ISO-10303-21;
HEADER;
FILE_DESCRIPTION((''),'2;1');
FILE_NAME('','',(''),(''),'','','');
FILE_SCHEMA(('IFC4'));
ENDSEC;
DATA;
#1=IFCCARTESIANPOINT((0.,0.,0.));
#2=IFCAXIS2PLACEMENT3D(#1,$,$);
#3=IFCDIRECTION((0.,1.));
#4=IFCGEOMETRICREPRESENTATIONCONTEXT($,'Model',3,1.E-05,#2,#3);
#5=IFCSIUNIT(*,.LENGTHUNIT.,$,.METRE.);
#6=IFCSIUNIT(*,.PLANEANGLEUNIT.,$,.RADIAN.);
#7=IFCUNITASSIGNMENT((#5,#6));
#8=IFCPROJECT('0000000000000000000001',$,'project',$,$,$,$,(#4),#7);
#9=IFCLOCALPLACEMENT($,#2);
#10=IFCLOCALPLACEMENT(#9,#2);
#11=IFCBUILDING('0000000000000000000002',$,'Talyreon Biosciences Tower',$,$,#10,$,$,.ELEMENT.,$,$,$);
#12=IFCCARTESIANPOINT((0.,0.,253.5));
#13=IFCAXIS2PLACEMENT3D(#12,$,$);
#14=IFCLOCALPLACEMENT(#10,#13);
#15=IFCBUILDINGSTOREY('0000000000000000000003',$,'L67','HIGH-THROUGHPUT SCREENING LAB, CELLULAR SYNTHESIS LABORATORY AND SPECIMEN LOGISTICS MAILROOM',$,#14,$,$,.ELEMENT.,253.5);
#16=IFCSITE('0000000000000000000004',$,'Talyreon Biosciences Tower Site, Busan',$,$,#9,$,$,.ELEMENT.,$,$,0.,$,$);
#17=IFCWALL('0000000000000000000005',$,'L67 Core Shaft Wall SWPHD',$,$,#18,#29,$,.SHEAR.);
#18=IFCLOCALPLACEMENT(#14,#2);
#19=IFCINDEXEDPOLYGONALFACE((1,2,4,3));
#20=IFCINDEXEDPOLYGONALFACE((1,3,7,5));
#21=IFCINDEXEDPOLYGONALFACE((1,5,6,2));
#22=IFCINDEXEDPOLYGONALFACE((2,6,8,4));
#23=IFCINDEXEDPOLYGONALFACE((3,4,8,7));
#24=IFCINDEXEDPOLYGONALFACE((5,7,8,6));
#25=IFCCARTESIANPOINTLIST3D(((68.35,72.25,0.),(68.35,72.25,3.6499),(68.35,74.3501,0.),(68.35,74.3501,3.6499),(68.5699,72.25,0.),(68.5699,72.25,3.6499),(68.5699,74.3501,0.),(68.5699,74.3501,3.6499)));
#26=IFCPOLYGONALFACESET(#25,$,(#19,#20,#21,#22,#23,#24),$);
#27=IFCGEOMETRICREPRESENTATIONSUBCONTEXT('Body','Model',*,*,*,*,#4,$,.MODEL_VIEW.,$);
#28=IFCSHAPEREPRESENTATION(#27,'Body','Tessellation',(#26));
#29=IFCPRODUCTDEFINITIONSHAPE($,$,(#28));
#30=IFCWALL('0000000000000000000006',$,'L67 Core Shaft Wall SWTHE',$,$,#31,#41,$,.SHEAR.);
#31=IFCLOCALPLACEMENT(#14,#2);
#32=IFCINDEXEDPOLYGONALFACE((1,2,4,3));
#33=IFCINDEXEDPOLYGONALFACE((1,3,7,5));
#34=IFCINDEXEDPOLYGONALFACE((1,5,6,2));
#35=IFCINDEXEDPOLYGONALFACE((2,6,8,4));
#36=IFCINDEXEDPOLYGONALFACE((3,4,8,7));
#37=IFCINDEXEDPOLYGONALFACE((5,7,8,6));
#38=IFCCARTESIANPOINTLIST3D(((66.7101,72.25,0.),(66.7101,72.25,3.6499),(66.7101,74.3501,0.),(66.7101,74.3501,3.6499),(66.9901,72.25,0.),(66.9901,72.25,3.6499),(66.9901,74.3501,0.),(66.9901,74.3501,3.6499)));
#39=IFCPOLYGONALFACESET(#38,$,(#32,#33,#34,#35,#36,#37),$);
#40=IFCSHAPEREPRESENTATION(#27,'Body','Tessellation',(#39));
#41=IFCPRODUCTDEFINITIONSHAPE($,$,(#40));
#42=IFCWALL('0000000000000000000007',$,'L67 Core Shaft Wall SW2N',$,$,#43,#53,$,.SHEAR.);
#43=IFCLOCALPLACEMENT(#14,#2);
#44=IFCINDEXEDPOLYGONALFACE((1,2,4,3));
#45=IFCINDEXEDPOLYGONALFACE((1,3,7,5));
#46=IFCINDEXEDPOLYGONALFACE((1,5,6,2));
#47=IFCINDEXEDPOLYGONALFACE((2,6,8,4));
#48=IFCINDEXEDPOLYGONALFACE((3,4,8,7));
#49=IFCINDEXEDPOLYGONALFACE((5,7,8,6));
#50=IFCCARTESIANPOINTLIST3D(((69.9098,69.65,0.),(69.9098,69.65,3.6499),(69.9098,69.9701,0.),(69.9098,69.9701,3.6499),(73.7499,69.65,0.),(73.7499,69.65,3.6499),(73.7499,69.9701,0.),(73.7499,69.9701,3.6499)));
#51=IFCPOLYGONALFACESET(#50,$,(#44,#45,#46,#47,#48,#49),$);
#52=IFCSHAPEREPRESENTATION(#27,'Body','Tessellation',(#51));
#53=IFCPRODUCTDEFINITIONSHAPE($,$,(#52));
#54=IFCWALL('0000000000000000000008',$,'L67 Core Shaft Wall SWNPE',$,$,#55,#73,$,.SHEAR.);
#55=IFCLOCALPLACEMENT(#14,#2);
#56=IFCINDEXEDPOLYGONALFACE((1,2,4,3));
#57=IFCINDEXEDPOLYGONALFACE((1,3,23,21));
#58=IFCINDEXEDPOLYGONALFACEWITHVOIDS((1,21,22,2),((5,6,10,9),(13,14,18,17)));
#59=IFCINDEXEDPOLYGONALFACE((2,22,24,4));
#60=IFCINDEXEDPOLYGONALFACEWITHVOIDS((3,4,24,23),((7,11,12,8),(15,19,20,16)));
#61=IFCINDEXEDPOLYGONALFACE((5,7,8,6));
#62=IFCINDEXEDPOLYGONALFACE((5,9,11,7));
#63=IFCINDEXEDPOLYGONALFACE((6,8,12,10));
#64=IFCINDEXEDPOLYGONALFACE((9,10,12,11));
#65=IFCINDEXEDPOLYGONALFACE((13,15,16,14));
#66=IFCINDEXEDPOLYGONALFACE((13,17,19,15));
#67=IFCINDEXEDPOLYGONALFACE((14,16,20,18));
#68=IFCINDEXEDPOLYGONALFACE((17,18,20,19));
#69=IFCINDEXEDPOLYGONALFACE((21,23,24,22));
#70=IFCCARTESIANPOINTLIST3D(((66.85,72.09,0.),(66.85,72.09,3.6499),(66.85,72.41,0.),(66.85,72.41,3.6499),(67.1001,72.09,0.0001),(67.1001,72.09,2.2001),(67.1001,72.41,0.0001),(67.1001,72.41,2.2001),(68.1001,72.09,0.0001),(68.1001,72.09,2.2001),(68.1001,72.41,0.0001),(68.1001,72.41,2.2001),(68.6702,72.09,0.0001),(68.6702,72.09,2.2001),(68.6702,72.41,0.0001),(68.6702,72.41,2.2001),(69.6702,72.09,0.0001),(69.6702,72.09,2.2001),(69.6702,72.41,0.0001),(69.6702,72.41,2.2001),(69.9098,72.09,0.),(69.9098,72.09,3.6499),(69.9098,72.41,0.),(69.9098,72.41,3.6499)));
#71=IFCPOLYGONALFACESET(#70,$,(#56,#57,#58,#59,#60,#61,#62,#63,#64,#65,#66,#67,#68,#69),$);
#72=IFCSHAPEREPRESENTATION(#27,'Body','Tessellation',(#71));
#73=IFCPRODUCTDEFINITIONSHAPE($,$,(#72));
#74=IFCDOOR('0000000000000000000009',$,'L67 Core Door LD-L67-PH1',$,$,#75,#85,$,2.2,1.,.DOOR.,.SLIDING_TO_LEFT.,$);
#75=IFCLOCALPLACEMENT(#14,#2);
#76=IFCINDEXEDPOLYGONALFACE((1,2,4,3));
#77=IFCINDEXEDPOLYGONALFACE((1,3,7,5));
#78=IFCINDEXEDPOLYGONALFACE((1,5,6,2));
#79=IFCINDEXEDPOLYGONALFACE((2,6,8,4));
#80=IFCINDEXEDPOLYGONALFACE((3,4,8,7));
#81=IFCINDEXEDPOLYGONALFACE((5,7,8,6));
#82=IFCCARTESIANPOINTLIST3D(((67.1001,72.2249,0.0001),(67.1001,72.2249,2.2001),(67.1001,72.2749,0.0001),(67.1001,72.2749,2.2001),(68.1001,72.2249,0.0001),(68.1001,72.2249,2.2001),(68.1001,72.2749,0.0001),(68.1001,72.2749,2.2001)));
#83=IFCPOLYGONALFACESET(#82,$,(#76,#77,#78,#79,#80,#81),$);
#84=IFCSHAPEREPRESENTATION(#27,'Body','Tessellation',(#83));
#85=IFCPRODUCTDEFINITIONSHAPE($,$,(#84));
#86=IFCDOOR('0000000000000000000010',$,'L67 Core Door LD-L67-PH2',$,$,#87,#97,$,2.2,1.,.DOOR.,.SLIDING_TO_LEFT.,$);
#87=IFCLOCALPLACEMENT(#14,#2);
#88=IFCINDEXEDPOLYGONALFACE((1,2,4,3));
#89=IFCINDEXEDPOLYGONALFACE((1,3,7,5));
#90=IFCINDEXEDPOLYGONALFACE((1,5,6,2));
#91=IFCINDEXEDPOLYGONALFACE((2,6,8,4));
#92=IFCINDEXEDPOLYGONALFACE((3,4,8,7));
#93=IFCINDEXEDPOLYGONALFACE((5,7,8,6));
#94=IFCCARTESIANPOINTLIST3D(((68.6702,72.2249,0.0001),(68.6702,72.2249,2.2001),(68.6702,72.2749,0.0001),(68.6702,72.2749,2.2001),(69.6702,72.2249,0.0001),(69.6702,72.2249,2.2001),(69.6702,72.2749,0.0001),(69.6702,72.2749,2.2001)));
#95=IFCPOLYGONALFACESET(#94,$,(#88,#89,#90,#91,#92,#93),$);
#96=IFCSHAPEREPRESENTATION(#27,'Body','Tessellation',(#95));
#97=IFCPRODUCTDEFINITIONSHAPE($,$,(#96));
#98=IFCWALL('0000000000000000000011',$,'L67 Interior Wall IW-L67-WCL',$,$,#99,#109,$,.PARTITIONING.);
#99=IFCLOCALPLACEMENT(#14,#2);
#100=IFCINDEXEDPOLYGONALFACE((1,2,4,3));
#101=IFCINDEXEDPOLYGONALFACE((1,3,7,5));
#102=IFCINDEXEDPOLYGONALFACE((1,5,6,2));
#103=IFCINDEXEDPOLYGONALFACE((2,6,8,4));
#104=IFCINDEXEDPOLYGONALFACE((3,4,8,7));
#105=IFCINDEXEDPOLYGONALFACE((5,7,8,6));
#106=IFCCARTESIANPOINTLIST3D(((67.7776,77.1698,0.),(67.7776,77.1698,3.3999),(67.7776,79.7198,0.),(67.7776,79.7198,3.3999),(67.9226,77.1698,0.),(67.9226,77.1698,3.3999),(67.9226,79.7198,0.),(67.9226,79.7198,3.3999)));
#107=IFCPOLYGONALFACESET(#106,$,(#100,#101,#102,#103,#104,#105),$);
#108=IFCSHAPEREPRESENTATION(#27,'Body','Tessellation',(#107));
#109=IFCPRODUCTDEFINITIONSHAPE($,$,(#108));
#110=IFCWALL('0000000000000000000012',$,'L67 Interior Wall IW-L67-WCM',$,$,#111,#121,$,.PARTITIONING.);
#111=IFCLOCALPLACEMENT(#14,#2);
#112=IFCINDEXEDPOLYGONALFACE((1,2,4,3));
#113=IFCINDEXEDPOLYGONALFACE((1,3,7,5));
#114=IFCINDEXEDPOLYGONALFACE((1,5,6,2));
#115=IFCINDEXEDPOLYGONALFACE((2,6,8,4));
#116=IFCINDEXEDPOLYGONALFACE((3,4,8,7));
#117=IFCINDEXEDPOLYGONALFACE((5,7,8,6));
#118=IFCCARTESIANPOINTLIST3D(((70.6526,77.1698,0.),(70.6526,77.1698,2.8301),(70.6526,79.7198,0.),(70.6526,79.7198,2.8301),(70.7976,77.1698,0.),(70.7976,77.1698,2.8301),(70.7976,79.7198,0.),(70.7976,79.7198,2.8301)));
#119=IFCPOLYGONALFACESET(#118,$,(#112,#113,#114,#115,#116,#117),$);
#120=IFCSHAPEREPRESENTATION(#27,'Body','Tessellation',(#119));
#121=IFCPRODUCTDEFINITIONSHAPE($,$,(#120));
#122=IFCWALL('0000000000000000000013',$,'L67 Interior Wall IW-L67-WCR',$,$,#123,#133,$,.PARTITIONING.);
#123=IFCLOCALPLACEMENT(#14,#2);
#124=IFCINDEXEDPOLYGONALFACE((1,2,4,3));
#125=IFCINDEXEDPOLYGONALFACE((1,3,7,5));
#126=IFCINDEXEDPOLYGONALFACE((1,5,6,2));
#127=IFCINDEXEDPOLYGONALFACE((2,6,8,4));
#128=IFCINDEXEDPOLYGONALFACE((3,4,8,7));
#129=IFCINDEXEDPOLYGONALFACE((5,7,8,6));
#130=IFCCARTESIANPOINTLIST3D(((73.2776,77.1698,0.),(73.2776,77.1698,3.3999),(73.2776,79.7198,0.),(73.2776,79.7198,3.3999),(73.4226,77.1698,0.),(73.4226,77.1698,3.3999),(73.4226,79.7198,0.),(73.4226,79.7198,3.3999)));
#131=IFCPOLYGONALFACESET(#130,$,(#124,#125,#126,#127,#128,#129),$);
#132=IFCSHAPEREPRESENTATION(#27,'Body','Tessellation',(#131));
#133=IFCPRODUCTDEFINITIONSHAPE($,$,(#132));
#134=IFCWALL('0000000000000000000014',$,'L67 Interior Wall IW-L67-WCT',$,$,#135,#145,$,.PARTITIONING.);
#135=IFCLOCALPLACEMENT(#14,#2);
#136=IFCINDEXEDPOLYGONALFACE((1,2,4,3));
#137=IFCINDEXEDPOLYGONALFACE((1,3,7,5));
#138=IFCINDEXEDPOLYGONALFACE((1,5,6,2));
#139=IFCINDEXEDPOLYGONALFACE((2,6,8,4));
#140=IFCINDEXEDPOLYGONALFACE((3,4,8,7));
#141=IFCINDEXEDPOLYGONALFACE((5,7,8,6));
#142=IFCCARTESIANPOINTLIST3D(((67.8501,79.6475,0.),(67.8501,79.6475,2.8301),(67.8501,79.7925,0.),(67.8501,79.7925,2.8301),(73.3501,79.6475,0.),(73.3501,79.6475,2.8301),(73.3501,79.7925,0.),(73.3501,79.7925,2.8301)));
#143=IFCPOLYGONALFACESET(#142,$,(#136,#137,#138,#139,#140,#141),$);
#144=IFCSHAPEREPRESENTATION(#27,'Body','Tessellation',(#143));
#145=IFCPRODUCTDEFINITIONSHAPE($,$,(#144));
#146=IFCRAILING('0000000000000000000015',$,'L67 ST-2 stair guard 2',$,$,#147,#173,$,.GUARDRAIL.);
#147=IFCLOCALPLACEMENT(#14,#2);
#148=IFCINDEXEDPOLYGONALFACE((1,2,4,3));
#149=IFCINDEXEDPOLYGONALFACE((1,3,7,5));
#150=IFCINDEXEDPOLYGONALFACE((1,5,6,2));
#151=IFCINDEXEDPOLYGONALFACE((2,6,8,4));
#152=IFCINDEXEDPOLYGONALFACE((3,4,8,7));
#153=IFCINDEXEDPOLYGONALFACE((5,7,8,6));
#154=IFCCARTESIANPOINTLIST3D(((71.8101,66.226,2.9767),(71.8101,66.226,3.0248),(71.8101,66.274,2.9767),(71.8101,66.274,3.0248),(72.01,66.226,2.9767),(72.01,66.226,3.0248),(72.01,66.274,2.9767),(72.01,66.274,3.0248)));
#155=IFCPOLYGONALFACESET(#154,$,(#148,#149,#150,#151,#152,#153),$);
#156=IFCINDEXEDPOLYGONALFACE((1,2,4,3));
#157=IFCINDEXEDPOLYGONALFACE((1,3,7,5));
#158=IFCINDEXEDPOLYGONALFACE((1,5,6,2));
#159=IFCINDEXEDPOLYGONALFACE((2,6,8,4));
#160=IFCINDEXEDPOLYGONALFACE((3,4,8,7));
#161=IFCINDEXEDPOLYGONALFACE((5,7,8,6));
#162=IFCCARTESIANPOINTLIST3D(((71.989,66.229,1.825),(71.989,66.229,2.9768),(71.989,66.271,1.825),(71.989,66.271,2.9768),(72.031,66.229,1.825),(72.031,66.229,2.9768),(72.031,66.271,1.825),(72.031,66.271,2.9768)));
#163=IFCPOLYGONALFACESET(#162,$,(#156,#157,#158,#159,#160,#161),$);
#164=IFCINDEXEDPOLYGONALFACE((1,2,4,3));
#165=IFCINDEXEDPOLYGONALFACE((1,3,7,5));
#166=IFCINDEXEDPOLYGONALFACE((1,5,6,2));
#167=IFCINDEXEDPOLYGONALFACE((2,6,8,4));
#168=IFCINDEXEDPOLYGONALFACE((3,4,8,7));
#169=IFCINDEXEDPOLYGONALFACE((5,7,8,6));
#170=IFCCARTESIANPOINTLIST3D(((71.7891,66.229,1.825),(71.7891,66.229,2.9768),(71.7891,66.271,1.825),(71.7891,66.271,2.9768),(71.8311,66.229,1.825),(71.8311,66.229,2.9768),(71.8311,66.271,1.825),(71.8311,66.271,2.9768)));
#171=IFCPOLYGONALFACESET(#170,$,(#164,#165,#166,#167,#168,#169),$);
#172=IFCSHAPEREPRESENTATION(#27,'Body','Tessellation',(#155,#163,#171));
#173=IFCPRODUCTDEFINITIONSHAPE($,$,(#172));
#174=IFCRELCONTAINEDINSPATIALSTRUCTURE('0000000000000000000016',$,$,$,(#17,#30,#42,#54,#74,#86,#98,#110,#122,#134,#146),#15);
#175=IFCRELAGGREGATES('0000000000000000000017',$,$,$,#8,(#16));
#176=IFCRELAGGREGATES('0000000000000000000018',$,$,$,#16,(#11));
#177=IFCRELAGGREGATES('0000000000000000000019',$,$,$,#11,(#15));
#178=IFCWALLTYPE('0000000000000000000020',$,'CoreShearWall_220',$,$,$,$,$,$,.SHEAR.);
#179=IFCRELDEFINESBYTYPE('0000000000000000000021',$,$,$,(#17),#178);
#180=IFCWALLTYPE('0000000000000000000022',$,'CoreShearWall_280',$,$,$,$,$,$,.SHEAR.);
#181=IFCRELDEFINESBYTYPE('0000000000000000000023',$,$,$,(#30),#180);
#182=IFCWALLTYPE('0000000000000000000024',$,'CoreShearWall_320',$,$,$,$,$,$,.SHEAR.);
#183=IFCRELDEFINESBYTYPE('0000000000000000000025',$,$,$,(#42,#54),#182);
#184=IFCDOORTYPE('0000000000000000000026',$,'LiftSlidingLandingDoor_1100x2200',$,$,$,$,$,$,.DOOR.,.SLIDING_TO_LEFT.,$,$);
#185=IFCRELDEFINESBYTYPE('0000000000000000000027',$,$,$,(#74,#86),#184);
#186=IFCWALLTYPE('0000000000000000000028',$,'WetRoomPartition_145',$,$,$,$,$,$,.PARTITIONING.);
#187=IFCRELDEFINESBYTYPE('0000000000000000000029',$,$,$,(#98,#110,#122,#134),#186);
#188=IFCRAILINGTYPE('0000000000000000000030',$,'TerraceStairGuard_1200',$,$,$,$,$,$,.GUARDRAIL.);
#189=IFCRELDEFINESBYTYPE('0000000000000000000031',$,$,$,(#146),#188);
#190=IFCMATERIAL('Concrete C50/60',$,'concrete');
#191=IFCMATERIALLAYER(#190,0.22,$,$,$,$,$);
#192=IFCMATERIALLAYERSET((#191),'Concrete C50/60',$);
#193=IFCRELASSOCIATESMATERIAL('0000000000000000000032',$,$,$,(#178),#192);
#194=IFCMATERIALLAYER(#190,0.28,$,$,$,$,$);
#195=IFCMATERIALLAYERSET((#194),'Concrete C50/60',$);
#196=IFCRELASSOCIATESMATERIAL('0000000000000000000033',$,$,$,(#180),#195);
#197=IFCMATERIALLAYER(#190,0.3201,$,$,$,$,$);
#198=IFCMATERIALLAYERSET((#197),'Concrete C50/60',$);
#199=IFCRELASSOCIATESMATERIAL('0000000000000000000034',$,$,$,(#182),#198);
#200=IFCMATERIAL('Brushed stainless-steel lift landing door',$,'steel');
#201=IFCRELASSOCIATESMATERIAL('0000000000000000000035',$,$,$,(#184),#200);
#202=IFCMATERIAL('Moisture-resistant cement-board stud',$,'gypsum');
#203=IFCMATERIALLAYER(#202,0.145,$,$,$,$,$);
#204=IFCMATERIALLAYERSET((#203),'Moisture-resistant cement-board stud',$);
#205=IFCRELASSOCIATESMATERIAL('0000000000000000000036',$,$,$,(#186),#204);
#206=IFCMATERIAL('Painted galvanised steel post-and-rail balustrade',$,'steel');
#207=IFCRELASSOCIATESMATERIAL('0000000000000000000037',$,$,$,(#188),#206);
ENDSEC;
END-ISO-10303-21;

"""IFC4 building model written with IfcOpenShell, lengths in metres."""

from ifc_helpers import new_model, si_unit, direction, frame, frame_2d, origin, origin_2d, place, context, subcontext, project, spatial, rectangle, extrude, material, layer, layer_set, type_object, element, fill, save


model = new_model("IFC4")

# Units and contexts
model_context = context("Model", 3, precision=1e-05, world=origin(), true_north=direction((0.0, 1.0)))
body_context = subcontext(model_context, "Body", "Model", "MODEL_VIEW")
ifc_project = project(units=[si_unit("LENGTHUNIT", "METRE"), si_unit("PLANEANGLEUNIT", "RADIAN")], contexts=[model_context])

# Site, building, storey
site_placement = place(None, origin())
site = spatial("IfcSite", under=ifc_project, at=site_placement, Name="Talyreon Biosciences Tower Site, Busan", CompositionType="ELEMENT", RefElevation=0.0)
building_placement = place(site_placement, origin())
building = spatial("IfcBuilding", under=site, at=building_placement, Name="Talyreon Biosciences Tower", CompositionType="ELEMENT")
storey_placement = place(building_placement, frame((0.0, 0.0, 253.5)))
storey = spatial("IfcBuildingStorey", under=building, at=storey_placement, Name="L67", Description="HIGH-THROUGHPUT SCREENING LAB, CELLULAR SYNTHESIS LABORATORY AND SPECIMEN LOGISTICS MAILROOM", CompositionType="ELEMENT", Elevation=253.5)

# Shared definitions
ifc_material_1 = material(Name="Concrete C50/60", Category="concrete")

# Walls
ifc_layer_1 = layer(ifc_material_1, 0.22)
ifc_layer_set_1 = layer_set([ifc_layer_1], Name="Concrete C50/60")
wall_type_1 = type_object("IfcWallType", Name="CoreShearWall_220", PredefinedType="SHEAR", material=ifc_layer_set_1)
wall_1_placement = place(storey_placement, frame((68.46, 72.25, 0.0), z_axis=(0.0, 0.0, 1.0), x_axis=(0.0, 1.0, 0.0)))
element("IfcWall", 1, at=wall_1_placement, inside=storey, type_object=wall_type_1, Name="L67 Core Shaft Wall SWPHD", PredefinedType="SHEAR", context=body_context, shape_type="SweptSolid", body=[
    extrude(rectangle(XDim=2.1001, YDim=0.22, at=frame_2d((1.05, 0.0))), origin(), (0.0, 0.0, 1.0), 3.6499),
])
ifc_layer_2 = layer(ifc_material_1, 0.28)
ifc_layer_set_2 = layer_set([ifc_layer_2], Name="Concrete C50/60")
wall_type_2 = type_object("IfcWallType", Name="CoreShearWall_280", PredefinedType="SHEAR", material=ifc_layer_set_2)
wall_2_placement = place(storey_placement, frame((66.8501, 72.25, 0.0), z_axis=(0.0, 0.0, 1.0), x_axis=(0.0, 1.0, 0.0)))
element("IfcWall", 2, at=wall_2_placement, inside=storey, type_object=wall_type_2, Name="L67 Core Shaft Wall SWTHE", PredefinedType="SHEAR", context=body_context, shape_type="SweptSolid", body=[
    extrude(rectangle(XDim=2.1001, YDim=0.28, at=frame_2d((1.05, 0.0))), origin(), (0.0, 0.0, 1.0), 3.6499),
])
ifc_layer_3 = layer(ifc_material_1, 0.3201)
ifc_layer_set_3 = layer_set([ifc_layer_3], Name="Concrete C50/60")
wall_type_3 = type_object("IfcWallType", Name="CoreShearWall_320", PredefinedType="SHEAR", material=ifc_layer_set_3)
wall_3_placement = place(storey_placement, frame((69.9099, 69.8101, 0.0), z_axis=(0.0, 0.0, 1.0), x_axis=(1.0, 0.0, 0.0)))
element("IfcWall", 3, at=wall_3_placement, inside=storey, type_object=wall_type_3, Name="L67 Core Shaft Wall SW2N", PredefinedType="SHEAR", context=body_context, shape_type="SweptSolid", body=[
    extrude(rectangle(XDim=3.8401, YDim=0.3201, at=frame_2d((1.9199, 0.0))), origin(), (0.0, 0.0, 1.0), 3.6499),
])

# Wall, openings, doors
wall_4_placement = place(storey_placement, frame((66.8501, 72.25, 0.0), z_axis=(0.0, 0.0, 1.0), x_axis=(1.0, 0.0, 0.0)))
wall_4 = element("IfcWall", 4, at=wall_4_placement, inside=storey, type_object=wall_type_3, Name="L67 Core Shaft Wall SWNPE", PredefinedType="SHEAR", context=body_context, shape_type="SweptSolid", body=[
    extrude(rectangle(XDim=3.0598, YDim=0.3201, at=frame_2d((1.5298, 0.0))), origin(), (0.0, 0.0, 1.0), 3.6499),
])
opening_1_placement = place(wall_4_placement, frame((0.25, 0.0, 0.0)))
opening_1 = element("IfcOpeningElement", 5, at=opening_1_placement, cuts=wall_4, PredefinedType="OPENING", context=body_context, shape_type="SweptSolid", body=[
    extrude(rectangle(XDim=1.0, YDim=2.2, at=frame_2d((0.5, 1.1001))), frame((0.0, 0.1699, 0.0), z_axis=(0.0, -1.0, 0.0), x_axis=(1.0, 0.0, 0.0)), (0.0, 0.0, 1.0), 0.3401),
])
opening_2_placement = place(wall_4_placement, frame((1.8201, 0.0, 0.0)))
opening_2 = element("IfcOpeningElement", 6, at=opening_2_placement, cuts=wall_4, PredefinedType="OPENING", context=body_context, shape_type="SweptSolid", body=[
    extrude(rectangle(XDim=1.0, YDim=2.2, at=frame_2d((0.5, 1.1001))), frame((0.0, 0.1699, 0.0), z_axis=(0.0, -1.0, 0.0), x_axis=(1.0, 0.0, 0.0)), (0.0, 0.0, 1.0), 0.3401),
])
ifc_material_2 = material(Name="Brushed stainless-steel lift landing door", Category="steel")
door_type = type_object("IfcDoorType", Name="LiftSlidingLandingDoor_1100x2200", OperationType="SLIDING_TO_LEFT", PredefinedType="DOOR", material=ifc_material_2)
door_1_placement = place(opening_1_placement, origin())
door_1 = element("IfcDoor", 7, at=door_1_placement, inside=storey, type_object=door_type, Name="L67 Core Door LD-L67-PH1", OperationType="SLIDING_TO_LEFT", OverallHeight=2.2, OverallWidth=1.0, PredefinedType="DOOR", context=body_context, shape_type="SweptSolid", body=[
    extrude(rectangle(XDim=1.0, YDim=2.2, at=frame_2d((0.5, 1.1001))), frame((0.0, 0.0249, 0.0), z_axis=(0.0, -1.0, 0.0), x_axis=(1.0, 0.0, 0.0)), (0.0, 0.0, 1.0), 0.05),
])
fill(opening_1, door_1)
door_2_placement = place(opening_2_placement, origin())
door_2 = element("IfcDoor", 8, at=door_2_placement, inside=storey, type_object=door_type, Name="L67 Core Door LD-L67-PH2", OperationType="SLIDING_TO_LEFT", OverallHeight=2.2, OverallWidth=1.0, PredefinedType="DOOR", context=body_context, shape_type="SweptSolid", body=[
    extrude(rectangle(XDim=1.0, YDim=2.2, at=frame_2d((0.5, 1.1001))), frame((0.0, 0.0249, 0.0), z_axis=(0.0, -1.0, 0.0), x_axis=(1.0, 0.0, 0.0)), (0.0, 0.0, 1.0), 0.05),
])
fill(opening_2, door_2)

# Walls
ifc_material_3 = material(Name="Moisture-resistant cement-board stud", Category="gypsum")
ifc_layer_4 = layer(ifc_material_3, 0.145)
ifc_layer_set_4 = layer_set([ifc_layer_4], Name="Moisture-resistant cement-board stud")
wall_type_4 = type_object("IfcWallType", Name="WetRoomPartition_145", PredefinedType="PARTITIONING", material=ifc_layer_set_4)
wall_5_placement = place(storey_placement, frame((67.8501, 77.1699, 0.0), z_axis=(0.0, 0.0, 1.0), x_axis=(0.0, 1.0, 0.0)))
element("IfcWall", 9, at=wall_5_placement, inside=storey, type_object=wall_type_4, Name="L67 Interior Wall IW-L67-WCL", PredefinedType="PARTITIONING", context=body_context, shape_type="SweptSolid", body=[
    extrude(rectangle(XDim=2.55, YDim=0.145, at=frame_2d((1.2749, 0.0))), origin(), (0.0, 0.0, 1.0), 3.3999),
])
wall_6_placement = place(storey_placement, frame((70.7251, 77.1699, 0.0), z_axis=(0.0, 0.0, 1.0), x_axis=(0.0, 1.0, 0.0)))
element("IfcWall", 10, at=wall_6_placement, inside=storey, type_object=wall_type_4, Name="L67 Interior Wall IW-L67-WCM", PredefinedType="PARTITIONING", context=body_context, shape_type="SweptSolid", body=[
    extrude(rectangle(XDim=2.55, YDim=0.145, at=frame_2d((1.2749, 0.0))), origin(), (0.0, 0.0, 1.0), 2.8301),
])
wall_7_placement = place(storey_placement, frame((73.3501, 77.1699, 0.0), z_axis=(0.0, 0.0, 1.0), x_axis=(0.0, 1.0, 0.0)))
element("IfcWall", 11, at=wall_7_placement, inside=storey, type_object=wall_type_4, Name="L67 Interior Wall IW-L67-WCR", PredefinedType="PARTITIONING", context=body_context, shape_type="SweptSolid", body=[
    extrude(rectangle(XDim=2.55, YDim=0.145, at=frame_2d((1.2749, 0.0))), origin(), (0.0, 0.0, 1.0), 3.3999),
])
wall_8_placement = place(storey_placement, frame((67.8501, 79.72, 0.0), z_axis=(0.0, 0.0, 1.0), x_axis=(1.0, 0.0, 0.0)))
element("IfcWall", 12, at=wall_8_placement, inside=storey, type_object=wall_type_4, Name="L67 Interior Wall IW-L67-WCT", PredefinedType="PARTITIONING", context=body_context, shape_type="SweptSolid", body=[
    extrude(rectangle(XDim=5.5, YDim=0.145, at=frame_2d((2.75, 0.0))), origin(), (0.0, 0.0, 1.0), 2.8301),
])

# Railing
ifc_material_4 = material(Name="Painted galvanised steel post-and-rail balustrade", Category="steel")
railing_type = type_object("IfcRailingType", Name="TerraceStairGuard_1200", PredefinedType="GUARDRAIL", material=ifc_material_4)
railing_placement = place(storey_placement, frame((72.01, 66.25, 1.825)))
element("IfcRailing", 13, at=railing_placement, inside=storey, type_object=railing_type, Name="L67 ST-2 stair guard 2", PredefinedType="GUARDRAIL", context=body_context, shape_type="SweptSolid", body=[
    extrude(rectangle(XDim=0.0481, YDim=0.0481, at=origin_2d()), frame((0.0, 0.0, 1.1758), z_axis=(-1.0, 0.0, 0.0), x_axis=(0.0, -1.0, 0.0)), (0.0, 0.0, 1.0), 0.2),
    extrude(rectangle(XDim=0.042, YDim=0.042, at=origin_2d()), origin(), (0.0, 0.0, 1.0), 1.1519),
    extrude(rectangle(XDim=0.042, YDim=0.042, at=origin_2d()), frame((-0.2, 0.0, 0.0)), (0.0, 0.0, 1.0), 1.1519),
])

save(model, "model.ifc")
